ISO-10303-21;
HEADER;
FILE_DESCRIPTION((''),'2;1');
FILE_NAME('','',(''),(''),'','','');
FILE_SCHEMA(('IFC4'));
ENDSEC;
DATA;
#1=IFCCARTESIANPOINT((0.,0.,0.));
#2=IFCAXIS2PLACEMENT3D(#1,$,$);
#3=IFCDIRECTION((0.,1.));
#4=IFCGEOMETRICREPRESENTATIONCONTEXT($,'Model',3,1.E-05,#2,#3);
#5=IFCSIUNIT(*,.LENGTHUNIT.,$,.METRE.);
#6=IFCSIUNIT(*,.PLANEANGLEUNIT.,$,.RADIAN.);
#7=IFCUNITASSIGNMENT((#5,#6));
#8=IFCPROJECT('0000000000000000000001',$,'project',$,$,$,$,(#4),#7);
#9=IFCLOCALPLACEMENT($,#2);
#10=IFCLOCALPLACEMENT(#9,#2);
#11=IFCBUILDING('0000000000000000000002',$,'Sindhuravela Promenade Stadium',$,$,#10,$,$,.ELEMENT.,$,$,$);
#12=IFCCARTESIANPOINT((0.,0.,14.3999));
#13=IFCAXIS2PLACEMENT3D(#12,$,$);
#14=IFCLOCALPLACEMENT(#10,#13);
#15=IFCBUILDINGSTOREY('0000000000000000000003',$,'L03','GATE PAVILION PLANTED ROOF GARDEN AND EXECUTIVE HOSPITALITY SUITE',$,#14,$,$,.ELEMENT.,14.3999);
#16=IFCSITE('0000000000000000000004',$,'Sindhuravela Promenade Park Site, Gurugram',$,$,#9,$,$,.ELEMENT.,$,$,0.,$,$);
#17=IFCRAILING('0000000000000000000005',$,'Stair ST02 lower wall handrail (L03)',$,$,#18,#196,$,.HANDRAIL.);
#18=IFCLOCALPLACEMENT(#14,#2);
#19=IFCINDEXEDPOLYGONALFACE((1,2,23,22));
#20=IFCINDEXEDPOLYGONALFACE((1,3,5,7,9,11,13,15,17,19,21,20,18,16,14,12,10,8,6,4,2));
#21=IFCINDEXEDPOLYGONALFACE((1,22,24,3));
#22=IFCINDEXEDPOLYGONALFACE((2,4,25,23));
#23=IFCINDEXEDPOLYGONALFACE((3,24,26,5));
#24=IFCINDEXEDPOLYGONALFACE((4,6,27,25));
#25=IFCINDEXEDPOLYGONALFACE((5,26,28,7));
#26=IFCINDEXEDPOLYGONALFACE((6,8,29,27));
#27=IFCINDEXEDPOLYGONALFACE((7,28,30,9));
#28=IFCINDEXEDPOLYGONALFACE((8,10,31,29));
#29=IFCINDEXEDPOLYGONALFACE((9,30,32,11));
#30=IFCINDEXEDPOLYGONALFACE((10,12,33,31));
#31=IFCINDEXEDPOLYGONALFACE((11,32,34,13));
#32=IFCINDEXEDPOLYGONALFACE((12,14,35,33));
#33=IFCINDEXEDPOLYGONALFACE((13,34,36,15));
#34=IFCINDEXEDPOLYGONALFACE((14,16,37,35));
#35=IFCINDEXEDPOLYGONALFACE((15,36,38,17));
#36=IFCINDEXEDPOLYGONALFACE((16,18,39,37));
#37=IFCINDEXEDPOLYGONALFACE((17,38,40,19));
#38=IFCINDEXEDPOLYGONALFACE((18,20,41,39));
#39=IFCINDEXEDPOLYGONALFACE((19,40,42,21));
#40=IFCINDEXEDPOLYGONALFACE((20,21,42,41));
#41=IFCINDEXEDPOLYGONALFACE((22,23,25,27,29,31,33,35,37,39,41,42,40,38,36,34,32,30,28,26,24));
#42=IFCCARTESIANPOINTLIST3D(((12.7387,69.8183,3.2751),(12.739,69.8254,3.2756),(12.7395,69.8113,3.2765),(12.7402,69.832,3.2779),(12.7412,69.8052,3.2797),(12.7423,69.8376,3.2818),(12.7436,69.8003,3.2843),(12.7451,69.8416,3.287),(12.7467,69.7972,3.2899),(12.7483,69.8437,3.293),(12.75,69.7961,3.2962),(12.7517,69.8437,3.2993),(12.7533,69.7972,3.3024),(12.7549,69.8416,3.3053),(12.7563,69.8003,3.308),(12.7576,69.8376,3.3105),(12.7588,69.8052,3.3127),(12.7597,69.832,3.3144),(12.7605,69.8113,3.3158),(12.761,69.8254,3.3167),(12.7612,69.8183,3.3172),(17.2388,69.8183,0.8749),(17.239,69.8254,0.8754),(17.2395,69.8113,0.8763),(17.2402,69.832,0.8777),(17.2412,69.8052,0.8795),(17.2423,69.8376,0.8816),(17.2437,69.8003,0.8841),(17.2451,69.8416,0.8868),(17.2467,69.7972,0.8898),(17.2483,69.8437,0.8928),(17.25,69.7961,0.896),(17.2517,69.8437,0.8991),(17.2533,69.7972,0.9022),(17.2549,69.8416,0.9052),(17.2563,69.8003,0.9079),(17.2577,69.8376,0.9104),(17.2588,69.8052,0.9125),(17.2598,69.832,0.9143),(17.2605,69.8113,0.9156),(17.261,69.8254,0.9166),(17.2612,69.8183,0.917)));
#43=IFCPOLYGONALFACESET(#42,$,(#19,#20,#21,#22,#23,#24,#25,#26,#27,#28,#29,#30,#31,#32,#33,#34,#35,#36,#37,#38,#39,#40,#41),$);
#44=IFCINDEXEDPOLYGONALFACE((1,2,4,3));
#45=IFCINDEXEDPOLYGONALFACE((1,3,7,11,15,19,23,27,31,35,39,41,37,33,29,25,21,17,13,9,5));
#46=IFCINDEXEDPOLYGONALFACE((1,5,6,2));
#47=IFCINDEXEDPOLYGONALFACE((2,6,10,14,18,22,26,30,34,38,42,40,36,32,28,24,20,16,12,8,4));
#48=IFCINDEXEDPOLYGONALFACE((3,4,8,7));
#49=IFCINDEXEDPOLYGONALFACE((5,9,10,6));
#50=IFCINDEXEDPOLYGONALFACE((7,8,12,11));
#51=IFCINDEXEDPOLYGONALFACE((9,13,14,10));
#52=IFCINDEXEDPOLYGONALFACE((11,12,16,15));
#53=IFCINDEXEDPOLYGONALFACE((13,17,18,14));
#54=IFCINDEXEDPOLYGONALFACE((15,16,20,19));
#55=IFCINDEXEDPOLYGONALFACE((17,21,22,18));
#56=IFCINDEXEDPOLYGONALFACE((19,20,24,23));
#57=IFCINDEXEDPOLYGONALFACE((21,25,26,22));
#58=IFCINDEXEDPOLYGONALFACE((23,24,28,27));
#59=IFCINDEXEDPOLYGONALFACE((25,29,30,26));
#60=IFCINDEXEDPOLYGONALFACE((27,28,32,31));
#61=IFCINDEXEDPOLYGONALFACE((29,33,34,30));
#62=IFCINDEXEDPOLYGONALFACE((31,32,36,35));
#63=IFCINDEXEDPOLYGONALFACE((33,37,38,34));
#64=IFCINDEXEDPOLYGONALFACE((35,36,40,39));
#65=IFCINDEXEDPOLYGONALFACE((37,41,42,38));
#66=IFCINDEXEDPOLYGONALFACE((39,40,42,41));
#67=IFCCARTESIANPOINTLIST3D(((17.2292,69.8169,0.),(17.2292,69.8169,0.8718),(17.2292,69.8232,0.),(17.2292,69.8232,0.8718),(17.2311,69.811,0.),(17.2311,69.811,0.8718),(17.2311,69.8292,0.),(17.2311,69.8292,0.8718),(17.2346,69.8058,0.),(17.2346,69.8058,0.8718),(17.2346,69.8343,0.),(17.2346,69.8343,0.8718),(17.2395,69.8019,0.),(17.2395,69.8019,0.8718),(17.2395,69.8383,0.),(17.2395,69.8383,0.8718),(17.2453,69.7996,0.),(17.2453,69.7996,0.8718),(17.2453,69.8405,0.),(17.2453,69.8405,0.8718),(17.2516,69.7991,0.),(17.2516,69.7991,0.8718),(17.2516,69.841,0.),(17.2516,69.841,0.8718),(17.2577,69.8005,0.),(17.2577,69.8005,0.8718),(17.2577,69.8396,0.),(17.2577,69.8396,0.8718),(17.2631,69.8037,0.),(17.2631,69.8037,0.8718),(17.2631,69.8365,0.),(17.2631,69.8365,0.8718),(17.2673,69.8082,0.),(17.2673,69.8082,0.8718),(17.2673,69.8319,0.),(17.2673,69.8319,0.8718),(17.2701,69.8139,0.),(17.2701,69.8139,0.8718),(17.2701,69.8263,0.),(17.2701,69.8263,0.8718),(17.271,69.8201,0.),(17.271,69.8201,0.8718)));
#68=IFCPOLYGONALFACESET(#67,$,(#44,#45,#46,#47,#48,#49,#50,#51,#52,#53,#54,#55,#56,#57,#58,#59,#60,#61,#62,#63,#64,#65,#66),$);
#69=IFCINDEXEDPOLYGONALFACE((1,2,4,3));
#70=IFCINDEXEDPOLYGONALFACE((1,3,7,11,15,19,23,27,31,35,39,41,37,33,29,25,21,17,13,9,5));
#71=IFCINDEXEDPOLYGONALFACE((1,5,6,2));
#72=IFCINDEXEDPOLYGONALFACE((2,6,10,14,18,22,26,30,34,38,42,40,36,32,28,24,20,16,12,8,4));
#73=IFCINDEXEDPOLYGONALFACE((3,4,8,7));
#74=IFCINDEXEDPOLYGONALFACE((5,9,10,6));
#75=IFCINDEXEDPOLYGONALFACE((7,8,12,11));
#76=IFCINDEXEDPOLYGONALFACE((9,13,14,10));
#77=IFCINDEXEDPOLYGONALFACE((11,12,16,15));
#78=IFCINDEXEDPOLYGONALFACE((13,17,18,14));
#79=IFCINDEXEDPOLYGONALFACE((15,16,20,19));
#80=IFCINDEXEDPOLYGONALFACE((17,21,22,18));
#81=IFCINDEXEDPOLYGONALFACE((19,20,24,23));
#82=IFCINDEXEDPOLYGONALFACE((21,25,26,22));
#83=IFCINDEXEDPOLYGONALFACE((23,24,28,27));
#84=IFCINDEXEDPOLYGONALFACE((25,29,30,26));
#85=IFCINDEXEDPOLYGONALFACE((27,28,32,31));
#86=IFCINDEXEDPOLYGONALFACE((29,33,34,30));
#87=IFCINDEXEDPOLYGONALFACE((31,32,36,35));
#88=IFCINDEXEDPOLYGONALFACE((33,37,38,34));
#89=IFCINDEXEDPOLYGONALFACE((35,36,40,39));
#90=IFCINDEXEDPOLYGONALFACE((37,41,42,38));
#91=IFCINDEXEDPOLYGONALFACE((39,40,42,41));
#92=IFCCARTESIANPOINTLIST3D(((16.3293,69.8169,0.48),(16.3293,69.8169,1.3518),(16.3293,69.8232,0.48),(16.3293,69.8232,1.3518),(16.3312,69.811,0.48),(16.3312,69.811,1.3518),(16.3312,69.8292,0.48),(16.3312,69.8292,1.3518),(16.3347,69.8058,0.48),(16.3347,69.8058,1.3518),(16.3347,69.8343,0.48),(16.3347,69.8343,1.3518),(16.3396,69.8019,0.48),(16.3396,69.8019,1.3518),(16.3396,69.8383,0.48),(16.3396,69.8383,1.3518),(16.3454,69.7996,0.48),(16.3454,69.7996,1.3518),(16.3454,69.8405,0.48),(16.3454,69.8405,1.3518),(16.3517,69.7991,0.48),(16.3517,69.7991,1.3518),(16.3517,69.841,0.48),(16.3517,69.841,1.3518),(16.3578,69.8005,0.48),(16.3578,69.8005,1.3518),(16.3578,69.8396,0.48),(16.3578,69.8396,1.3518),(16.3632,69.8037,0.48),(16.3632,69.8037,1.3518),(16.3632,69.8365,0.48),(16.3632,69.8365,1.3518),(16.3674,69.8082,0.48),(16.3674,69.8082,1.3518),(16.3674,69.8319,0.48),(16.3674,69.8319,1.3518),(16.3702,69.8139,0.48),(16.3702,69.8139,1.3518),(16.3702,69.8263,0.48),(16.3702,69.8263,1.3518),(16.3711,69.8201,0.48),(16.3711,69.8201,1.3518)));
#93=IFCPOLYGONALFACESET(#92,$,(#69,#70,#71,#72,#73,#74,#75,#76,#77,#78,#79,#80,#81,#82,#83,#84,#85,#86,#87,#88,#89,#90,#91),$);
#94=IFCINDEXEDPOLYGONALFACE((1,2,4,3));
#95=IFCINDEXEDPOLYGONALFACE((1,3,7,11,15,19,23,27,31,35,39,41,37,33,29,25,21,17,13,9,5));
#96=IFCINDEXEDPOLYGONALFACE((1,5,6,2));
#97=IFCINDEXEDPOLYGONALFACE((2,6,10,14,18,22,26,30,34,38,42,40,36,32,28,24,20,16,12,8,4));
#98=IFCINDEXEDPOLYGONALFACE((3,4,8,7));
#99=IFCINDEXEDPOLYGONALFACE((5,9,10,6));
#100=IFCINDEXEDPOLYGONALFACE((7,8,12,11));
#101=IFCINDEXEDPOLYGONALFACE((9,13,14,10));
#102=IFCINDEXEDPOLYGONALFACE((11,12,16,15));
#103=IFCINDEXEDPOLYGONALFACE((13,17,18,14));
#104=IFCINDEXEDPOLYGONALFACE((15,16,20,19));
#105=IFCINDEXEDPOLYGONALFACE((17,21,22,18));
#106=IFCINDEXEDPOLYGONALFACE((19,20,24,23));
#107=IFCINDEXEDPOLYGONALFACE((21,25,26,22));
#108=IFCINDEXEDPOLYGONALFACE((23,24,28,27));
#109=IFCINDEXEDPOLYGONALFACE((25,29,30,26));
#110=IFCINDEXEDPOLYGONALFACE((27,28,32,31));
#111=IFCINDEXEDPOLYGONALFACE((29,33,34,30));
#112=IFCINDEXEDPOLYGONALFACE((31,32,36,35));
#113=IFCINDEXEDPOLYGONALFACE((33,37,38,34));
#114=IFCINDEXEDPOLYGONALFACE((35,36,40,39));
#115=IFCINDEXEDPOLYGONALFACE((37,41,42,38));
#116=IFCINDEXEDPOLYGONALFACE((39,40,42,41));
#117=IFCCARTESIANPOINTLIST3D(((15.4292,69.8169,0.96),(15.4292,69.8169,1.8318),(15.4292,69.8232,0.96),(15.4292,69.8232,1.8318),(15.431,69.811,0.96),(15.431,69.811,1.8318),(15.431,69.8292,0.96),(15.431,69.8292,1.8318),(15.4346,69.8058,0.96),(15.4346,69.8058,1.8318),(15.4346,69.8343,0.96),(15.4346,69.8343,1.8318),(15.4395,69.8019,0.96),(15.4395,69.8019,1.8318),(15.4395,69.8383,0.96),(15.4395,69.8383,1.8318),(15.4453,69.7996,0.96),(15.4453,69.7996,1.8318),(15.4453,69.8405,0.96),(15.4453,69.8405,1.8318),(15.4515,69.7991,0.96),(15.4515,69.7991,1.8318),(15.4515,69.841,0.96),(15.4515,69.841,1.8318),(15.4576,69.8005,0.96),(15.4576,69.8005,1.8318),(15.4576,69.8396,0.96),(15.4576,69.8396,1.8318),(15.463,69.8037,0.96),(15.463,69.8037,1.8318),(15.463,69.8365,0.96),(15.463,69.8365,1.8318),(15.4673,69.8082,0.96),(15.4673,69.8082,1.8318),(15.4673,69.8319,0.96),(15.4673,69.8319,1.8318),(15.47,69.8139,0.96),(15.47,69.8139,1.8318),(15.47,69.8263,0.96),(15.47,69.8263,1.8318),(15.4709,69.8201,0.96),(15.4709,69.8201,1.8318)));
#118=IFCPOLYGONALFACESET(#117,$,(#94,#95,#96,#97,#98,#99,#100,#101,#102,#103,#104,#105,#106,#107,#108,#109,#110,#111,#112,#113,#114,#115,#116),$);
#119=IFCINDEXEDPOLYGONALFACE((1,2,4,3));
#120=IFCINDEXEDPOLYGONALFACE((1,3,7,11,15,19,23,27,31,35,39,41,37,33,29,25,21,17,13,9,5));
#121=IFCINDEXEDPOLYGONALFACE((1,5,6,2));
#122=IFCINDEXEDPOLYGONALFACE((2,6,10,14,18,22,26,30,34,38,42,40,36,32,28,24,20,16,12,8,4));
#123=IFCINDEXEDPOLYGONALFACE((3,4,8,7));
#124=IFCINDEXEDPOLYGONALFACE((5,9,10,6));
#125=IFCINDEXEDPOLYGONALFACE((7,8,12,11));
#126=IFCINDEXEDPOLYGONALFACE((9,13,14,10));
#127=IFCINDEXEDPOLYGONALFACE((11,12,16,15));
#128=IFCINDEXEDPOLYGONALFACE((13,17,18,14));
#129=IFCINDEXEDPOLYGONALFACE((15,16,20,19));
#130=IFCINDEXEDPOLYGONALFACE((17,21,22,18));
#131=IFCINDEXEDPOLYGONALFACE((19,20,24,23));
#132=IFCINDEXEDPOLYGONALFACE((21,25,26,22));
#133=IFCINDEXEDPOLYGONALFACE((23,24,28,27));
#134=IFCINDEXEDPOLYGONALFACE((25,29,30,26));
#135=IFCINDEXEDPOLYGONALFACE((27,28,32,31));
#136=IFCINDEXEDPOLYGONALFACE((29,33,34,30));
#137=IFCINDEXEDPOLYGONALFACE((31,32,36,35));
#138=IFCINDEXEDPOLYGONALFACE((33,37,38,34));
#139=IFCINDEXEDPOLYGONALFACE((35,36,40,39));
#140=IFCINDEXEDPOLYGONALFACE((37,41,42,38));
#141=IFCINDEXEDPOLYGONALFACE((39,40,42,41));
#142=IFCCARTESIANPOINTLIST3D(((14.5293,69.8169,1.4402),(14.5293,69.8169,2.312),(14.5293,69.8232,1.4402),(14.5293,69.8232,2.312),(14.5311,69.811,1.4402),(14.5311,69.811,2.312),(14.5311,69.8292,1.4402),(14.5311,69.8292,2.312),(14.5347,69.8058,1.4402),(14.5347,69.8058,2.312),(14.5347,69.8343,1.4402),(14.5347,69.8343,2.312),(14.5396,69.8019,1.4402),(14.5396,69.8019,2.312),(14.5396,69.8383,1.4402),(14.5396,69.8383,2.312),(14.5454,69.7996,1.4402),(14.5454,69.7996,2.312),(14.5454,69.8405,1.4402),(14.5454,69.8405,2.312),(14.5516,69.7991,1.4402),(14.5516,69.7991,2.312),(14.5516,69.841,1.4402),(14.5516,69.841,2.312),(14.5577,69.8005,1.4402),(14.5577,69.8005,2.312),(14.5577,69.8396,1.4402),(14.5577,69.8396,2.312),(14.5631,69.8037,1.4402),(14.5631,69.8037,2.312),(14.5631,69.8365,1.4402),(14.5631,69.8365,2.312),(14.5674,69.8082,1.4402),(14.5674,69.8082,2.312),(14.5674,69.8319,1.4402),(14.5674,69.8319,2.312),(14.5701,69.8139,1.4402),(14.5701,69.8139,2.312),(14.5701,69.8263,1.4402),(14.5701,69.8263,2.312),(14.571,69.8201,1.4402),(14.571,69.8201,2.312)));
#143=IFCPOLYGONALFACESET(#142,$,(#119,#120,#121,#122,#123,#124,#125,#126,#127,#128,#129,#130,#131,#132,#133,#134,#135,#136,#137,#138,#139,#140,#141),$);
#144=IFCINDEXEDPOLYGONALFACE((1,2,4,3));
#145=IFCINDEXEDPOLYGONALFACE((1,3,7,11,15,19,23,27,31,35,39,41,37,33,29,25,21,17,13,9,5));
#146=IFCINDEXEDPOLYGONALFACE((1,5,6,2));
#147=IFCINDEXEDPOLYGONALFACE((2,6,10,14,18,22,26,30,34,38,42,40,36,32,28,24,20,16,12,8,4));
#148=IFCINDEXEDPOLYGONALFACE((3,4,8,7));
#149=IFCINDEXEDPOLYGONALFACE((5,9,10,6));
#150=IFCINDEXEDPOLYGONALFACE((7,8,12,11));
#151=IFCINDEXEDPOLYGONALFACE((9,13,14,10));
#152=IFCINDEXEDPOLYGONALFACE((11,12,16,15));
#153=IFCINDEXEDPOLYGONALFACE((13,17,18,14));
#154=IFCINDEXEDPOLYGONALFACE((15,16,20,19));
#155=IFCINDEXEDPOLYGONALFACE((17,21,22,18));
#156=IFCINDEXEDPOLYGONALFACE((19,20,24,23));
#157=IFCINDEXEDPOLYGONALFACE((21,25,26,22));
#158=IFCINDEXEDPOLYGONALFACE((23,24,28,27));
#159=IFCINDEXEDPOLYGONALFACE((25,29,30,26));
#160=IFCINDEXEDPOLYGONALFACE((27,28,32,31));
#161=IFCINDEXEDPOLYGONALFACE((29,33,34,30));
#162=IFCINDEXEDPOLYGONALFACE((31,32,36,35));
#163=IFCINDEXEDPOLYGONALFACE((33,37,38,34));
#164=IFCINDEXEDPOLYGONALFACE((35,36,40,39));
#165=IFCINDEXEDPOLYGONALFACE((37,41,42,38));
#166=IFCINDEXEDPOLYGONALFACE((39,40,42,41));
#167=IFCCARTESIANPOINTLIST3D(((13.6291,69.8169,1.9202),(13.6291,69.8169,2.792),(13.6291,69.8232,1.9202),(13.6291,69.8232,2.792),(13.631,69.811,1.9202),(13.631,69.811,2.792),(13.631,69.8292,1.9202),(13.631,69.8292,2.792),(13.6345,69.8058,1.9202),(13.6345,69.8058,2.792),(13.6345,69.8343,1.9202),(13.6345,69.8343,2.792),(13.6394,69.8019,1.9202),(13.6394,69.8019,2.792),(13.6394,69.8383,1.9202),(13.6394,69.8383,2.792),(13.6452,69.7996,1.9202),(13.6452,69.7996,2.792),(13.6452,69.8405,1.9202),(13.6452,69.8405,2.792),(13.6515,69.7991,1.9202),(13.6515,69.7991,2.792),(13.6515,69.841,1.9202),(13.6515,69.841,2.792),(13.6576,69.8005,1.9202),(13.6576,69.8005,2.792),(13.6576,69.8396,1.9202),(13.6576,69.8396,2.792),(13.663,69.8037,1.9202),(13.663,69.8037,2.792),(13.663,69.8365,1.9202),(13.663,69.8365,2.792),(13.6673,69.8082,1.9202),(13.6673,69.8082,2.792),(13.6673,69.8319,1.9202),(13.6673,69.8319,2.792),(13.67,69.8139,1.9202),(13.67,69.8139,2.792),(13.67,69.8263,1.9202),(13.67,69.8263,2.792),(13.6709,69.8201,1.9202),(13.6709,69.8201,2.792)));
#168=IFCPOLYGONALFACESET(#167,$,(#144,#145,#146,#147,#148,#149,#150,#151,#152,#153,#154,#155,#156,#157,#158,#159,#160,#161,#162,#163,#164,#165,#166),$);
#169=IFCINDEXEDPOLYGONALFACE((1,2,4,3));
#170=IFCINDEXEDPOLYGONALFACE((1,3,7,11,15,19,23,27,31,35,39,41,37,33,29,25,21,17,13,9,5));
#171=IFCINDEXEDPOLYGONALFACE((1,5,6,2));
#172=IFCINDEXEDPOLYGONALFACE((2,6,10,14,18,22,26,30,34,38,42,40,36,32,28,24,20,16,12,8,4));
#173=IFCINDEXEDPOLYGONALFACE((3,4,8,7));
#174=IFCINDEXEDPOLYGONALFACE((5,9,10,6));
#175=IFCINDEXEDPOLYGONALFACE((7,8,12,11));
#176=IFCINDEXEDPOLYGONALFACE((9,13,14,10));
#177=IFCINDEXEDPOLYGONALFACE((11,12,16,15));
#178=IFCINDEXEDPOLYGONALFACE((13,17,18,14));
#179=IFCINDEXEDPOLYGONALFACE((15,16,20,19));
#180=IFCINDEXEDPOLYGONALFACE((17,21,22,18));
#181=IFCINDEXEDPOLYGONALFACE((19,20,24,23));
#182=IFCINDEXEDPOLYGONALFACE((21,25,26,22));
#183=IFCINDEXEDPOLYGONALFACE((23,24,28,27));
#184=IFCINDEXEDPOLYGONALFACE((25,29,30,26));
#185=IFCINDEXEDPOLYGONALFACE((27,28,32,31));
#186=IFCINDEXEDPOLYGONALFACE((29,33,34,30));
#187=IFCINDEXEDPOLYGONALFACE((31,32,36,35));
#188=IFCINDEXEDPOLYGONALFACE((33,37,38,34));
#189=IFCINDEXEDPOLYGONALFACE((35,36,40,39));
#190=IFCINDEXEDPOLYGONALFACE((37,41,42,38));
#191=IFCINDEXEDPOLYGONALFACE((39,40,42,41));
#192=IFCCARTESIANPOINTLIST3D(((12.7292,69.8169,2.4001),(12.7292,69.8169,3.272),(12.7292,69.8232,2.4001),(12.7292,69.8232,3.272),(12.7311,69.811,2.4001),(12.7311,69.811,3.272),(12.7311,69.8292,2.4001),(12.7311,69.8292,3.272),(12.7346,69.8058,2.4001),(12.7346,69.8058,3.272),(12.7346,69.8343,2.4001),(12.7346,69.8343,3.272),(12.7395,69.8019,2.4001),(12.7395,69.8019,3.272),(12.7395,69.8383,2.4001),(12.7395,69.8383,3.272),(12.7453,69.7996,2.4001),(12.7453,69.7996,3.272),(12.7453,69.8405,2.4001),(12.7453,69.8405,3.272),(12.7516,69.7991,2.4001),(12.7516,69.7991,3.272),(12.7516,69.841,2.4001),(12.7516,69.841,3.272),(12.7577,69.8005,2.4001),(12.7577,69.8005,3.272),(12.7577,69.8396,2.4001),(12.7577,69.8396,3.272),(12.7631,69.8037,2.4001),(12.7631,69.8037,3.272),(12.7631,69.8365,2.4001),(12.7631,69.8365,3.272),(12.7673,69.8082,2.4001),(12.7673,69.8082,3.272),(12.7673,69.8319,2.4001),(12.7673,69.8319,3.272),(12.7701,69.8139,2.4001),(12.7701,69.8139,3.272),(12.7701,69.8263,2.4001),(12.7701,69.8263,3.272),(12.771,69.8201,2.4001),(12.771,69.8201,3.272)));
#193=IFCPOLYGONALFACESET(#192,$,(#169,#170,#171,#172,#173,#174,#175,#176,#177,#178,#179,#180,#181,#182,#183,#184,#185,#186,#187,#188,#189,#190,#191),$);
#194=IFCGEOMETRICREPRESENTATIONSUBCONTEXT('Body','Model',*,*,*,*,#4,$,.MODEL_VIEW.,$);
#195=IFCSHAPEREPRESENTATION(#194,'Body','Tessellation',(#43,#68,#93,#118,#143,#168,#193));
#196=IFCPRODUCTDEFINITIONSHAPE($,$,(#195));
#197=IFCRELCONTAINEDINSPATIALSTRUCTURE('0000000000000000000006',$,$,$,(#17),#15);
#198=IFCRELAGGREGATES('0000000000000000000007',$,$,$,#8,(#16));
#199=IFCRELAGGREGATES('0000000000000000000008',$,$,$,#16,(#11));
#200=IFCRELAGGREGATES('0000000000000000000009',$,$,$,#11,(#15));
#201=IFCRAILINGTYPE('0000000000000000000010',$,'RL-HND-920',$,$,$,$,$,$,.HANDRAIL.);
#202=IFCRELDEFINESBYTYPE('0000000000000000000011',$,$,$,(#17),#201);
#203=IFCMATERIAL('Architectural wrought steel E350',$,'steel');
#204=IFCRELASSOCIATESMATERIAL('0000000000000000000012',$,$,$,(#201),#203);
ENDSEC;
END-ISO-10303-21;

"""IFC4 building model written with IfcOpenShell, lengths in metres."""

from ifc_helpers import new_model, si_unit, direction, frame, origin, origin_2d, place, context, subcontext, project, spatial, circle, extrude, material, type_object, element, save


model = new_model("IFC4")

# Units and contexts
model_context = context("Model", 3, precision=1e-05, world=origin(), true_north=direction((0.0, 1.0)))
body_context = subcontext(model_context, "Body", "Model", "MODEL_VIEW")
ifc_project = project(units=[si_unit("LENGTHUNIT", "METRE"), si_unit("PLANEANGLEUNIT", "RADIAN")], contexts=[model_context])

# Site, building, storey
site_placement = place(None, origin())
site = spatial("IfcSite", under=ifc_project, at=site_placement, Name="Sindhuravela Promenade Park Site, Gurugram", CompositionType="ELEMENT", RefElevation=0.0)
building_placement = place(site_placement, origin())
building = spatial("IfcBuilding", under=site, at=building_placement, Name="Sindhuravela Promenade Stadium", CompositionType="ELEMENT")
storey_placement = place(building_placement, frame((0.0, 0.0, 14.3999)))
storey = spatial("IfcBuildingStorey", under=building, at=storey_placement, Name="L03", Description="GATE PAVILION PLANTED ROOF GARDEN AND EXECUTIVE HOSPITALITY SUITE", CompositionType="ELEMENT", Elevation=14.3999)

# Shared definitions
ifc_material_1 = material(Name="Architectural wrought steel E350", Category="steel")

# Railing
railing_type_1 = type_object("IfcRailingType", Name="RL-HND-920", PredefinedType="HANDRAIL", material=ifc_material_1)
railing_1_placement = place(storey_placement, frame((17.25, 69.8201, 0.0)))
element("IfcRailing", 1, at=railing_1_placement, inside=storey, type_object=railing_type_1, Name="Stair ST02 lower wall handrail (L03)", PredefinedType="HANDRAIL", context=body_context, shape_type="SweptSolid", body=[
    extrude(circle(Radius=0.0239, at=origin_2d()), frame((0.0, 0.0, 0.896), z_axis=(-0.882341, 0.0, 0.470611), x_axis=(0.0, -1.0, 0.0)), (0.0, 0.0, 1.0), 5.1001),
    extrude(circle(Radius=0.021, at=origin_2d()), origin(), (0.0, 0.0, 1.0), 0.8718),
    extrude(circle(Radius=0.021, at=origin_2d()), frame((-0.8999, 0.0, 0.48)), (0.0, 0.0, 1.0), 0.8718),
    extrude(circle(Radius=0.021, at=origin_2d()), frame((-1.8, 0.0, 0.96)), (0.0, 0.0, 1.0), 0.8718),
    extrude(circle(Radius=0.021, at=origin_2d()), frame((-2.7, 0.0, 1.4402)), (0.0, 0.0, 1.0), 0.8718),
    extrude(circle(Radius=0.021, at=origin_2d()), frame((-3.6001, 0.0, 1.9202)), (0.0, 0.0, 1.0), 0.8718),
    extrude(circle(Radius=0.021, at=origin_2d()), frame((-4.5, 0.0, 2.4001)), (0.0, 0.0, 1.0), 0.8718),
])

save(model, "model.ifc")
